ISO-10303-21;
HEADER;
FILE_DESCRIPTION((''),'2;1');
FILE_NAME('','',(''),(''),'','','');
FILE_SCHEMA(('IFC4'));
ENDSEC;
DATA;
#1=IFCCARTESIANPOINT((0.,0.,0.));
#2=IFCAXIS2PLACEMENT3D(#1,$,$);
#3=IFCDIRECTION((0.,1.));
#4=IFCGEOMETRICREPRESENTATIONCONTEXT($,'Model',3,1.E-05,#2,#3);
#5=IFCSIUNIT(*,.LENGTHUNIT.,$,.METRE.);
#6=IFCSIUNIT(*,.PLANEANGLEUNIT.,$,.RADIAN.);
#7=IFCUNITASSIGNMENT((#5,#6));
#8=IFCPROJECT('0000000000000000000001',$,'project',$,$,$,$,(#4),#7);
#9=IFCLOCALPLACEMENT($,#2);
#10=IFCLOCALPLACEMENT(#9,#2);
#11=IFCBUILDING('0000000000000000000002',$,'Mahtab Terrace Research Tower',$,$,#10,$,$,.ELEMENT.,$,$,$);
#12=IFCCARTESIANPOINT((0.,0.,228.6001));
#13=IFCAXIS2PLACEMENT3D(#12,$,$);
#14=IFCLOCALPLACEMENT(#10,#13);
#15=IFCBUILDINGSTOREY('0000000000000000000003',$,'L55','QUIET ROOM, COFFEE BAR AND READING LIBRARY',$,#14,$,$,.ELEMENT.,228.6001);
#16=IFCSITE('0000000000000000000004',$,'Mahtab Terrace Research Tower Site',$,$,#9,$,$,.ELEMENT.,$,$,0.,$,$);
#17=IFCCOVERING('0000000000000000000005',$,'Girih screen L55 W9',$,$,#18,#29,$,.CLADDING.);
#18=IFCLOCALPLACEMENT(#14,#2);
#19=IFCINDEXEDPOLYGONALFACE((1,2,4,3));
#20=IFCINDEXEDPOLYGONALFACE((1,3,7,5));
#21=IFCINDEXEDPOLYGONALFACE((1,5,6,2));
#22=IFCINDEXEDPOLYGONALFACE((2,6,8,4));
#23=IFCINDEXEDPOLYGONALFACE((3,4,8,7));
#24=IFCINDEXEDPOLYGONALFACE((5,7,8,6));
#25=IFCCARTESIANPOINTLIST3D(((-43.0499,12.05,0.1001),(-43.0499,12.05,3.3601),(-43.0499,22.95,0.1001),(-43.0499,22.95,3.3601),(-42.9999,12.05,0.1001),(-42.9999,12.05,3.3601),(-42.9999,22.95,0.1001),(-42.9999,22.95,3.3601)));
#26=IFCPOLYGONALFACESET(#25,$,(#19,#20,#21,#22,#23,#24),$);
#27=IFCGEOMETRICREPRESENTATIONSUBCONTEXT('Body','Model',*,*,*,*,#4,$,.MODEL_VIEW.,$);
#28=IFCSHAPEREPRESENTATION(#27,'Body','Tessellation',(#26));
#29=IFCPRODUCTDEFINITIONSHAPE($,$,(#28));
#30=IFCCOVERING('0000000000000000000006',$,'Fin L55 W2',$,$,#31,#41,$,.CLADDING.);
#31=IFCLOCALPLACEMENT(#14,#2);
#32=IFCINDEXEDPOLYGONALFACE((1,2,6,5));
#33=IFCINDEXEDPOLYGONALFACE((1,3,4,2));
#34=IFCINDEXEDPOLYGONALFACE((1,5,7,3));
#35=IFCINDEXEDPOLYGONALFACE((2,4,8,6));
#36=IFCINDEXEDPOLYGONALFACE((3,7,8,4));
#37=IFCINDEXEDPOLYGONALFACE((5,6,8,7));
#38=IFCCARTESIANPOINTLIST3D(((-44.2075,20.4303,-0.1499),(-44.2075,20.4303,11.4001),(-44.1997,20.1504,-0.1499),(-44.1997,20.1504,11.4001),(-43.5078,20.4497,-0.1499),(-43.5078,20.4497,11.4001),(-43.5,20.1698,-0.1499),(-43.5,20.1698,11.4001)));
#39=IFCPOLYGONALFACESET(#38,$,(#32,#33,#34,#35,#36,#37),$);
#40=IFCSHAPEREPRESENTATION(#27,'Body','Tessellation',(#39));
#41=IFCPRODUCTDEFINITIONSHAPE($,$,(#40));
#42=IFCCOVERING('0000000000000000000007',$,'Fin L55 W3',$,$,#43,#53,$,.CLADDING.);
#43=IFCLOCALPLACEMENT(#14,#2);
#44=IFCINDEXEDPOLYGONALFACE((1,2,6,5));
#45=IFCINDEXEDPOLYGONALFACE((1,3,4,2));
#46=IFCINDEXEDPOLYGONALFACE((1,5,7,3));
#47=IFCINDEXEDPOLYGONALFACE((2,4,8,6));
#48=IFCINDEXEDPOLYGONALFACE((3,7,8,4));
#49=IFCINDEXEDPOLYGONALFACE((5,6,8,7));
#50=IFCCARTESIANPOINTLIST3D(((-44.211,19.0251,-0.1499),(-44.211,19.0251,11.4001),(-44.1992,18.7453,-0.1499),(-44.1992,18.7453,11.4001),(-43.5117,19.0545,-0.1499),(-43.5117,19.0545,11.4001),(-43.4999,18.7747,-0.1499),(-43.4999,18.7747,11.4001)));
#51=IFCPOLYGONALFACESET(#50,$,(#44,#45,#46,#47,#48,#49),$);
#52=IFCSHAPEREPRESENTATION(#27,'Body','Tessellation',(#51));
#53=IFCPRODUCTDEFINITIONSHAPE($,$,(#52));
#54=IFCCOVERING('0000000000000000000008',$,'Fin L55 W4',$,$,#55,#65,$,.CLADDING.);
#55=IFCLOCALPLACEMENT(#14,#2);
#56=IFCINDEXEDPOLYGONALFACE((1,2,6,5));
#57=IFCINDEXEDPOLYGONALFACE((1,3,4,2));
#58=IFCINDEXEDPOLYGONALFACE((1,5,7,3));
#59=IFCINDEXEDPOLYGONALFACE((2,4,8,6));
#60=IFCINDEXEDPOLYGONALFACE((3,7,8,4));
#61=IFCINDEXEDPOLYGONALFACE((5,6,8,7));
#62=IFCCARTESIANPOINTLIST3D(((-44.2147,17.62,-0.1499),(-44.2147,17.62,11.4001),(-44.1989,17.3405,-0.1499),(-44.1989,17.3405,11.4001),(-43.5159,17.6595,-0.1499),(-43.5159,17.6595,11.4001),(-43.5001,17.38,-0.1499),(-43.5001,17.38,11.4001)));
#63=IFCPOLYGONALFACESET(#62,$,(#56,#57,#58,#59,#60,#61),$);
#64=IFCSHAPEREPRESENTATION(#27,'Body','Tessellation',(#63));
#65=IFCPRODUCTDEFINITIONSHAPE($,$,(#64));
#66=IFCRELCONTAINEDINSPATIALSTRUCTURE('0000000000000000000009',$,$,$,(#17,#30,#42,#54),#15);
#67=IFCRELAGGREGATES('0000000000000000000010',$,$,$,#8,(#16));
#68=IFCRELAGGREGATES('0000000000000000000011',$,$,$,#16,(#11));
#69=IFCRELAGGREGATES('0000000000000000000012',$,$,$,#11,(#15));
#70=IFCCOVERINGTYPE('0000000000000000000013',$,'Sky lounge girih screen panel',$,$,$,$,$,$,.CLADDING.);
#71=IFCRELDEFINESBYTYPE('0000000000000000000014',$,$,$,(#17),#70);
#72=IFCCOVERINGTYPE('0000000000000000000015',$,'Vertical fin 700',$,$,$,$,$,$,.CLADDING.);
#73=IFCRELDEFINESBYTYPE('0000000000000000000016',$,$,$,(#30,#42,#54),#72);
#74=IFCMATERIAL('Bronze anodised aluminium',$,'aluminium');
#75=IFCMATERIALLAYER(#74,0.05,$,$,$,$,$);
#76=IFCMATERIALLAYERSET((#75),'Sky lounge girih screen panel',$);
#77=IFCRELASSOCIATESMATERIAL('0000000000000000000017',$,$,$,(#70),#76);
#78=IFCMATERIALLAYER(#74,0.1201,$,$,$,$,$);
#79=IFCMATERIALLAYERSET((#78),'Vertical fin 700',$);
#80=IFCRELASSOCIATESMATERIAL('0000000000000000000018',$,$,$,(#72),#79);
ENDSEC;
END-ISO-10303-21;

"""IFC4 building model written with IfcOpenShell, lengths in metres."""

from ifc_helpers import new_model, si_unit, direction, frame, origin, origin_2d, place, context, subcontext, project, spatial, rectangle, extrude, material, layer, layer_set, type_object, element, save


model = new_model("IFC4")

# Units and contexts
model_context = context("Model", 3, precision=1e-05, world=origin(), true_north=direction((0.0, 1.0)))
body_context = subcontext(model_context, "Body", "Model", "MODEL_VIEW")
ifc_project = project(units=[si_unit("LENGTHUNIT", "METRE"), si_unit("PLANEANGLEUNIT", "RADIAN")], contexts=[model_context])

# Site, building, storey
site_placement = place(None, origin())
site = spatial("IfcSite", under=ifc_project, at=site_placement, Name="Mahtab Terrace Research Tower Site", CompositionType="ELEMENT", RefElevation=0.0)
building_placement = place(site_placement, origin())
building = spatial("IfcBuilding", under=site, at=building_placement, Name="Mahtab Terrace Research Tower", CompositionType="ELEMENT")
storey_placement = place(building_placement, frame((0.0, 0.0, 228.6001)))
storey = spatial("IfcBuildingStorey", under=building, at=storey_placement, Name="L55", Description="QUIET ROOM, COFFEE BAR AND READING LIBRARY", CompositionType="ELEMENT", Elevation=228.6001)

# Coverings
ifc_material = material(Name="Bronze anodised aluminium", Category="aluminium")
ifc_layer_1 = layer(ifc_material, 0.05)
ifc_layer_set_1 = layer_set([ifc_layer_1], Name="Sky lounge girih screen panel")
covering_type_1 = type_object("IfcCoveringType", Name="Sky lounge girih screen panel", PredefinedType="CLADDING", material=ifc_layer_set_1)
covering_placement = place(storey_placement, frame((-43.0249, 17.5, 0.1001), z_axis=(0.0, 0.0, 1.0), x_axis=(0.0, -1.0, 0.0)))
element("IfcCovering", 1, at=covering_placement, inside=storey, type_object=covering_type_1, Name="Girih screen L55 W9", PredefinedType="CLADDING", context=body_context, shape_type="SweptSolid", body=[
    extrude(rectangle(XDim=10.8999, YDim=0.05, at=origin_2d()), origin(), (0.0, 0.0, 1.0), 3.26),
])
ifc_layer_2 = layer(ifc_material, 0.1201)
ifc_layer_set_2 = layer_set([ifc_layer_2], Name="Vertical fin 700")
covering_type_2 = type_object("IfcCoveringType", Name="Vertical fin 700", PredefinedType="CLADDING", material=ifc_layer_set_2)
for number, where, z_axis, x_axis, name in (
    (2, (-43.8538, 20.3, -0.1499), (0.0, 0.0, 1.0), (0.027716, -0.999616, 0.0), "Fin L55 W2"),
    (3, (-43.8555, 18.8999, -0.1499), (0.0, 0.0, 1.0), (0.042081, -0.999114, 0.0), "Fin L55 W3"),
    (4, (-43.8574, 17.5, -0.1499), (0.0, 0.0, 1.0), (0.056437, -0.998406, 0.0), "Fin L55 W4"),
):
    element("IfcCovering", number, at=place(storey_placement, frame(where, z_axis=z_axis, x_axis=x_axis)), inside=storey, type_object=covering_type_2, Name=name, PredefinedType="CLADDING", context=body_context, shape_type="SweptSolid", body=[
        extrude(rectangle(XDim=0.28, YDim=0.7, at=origin_2d()), origin(), (0.0, 0.0, 1.0), 11.55),
    ])

save(model, "model.ifc")
